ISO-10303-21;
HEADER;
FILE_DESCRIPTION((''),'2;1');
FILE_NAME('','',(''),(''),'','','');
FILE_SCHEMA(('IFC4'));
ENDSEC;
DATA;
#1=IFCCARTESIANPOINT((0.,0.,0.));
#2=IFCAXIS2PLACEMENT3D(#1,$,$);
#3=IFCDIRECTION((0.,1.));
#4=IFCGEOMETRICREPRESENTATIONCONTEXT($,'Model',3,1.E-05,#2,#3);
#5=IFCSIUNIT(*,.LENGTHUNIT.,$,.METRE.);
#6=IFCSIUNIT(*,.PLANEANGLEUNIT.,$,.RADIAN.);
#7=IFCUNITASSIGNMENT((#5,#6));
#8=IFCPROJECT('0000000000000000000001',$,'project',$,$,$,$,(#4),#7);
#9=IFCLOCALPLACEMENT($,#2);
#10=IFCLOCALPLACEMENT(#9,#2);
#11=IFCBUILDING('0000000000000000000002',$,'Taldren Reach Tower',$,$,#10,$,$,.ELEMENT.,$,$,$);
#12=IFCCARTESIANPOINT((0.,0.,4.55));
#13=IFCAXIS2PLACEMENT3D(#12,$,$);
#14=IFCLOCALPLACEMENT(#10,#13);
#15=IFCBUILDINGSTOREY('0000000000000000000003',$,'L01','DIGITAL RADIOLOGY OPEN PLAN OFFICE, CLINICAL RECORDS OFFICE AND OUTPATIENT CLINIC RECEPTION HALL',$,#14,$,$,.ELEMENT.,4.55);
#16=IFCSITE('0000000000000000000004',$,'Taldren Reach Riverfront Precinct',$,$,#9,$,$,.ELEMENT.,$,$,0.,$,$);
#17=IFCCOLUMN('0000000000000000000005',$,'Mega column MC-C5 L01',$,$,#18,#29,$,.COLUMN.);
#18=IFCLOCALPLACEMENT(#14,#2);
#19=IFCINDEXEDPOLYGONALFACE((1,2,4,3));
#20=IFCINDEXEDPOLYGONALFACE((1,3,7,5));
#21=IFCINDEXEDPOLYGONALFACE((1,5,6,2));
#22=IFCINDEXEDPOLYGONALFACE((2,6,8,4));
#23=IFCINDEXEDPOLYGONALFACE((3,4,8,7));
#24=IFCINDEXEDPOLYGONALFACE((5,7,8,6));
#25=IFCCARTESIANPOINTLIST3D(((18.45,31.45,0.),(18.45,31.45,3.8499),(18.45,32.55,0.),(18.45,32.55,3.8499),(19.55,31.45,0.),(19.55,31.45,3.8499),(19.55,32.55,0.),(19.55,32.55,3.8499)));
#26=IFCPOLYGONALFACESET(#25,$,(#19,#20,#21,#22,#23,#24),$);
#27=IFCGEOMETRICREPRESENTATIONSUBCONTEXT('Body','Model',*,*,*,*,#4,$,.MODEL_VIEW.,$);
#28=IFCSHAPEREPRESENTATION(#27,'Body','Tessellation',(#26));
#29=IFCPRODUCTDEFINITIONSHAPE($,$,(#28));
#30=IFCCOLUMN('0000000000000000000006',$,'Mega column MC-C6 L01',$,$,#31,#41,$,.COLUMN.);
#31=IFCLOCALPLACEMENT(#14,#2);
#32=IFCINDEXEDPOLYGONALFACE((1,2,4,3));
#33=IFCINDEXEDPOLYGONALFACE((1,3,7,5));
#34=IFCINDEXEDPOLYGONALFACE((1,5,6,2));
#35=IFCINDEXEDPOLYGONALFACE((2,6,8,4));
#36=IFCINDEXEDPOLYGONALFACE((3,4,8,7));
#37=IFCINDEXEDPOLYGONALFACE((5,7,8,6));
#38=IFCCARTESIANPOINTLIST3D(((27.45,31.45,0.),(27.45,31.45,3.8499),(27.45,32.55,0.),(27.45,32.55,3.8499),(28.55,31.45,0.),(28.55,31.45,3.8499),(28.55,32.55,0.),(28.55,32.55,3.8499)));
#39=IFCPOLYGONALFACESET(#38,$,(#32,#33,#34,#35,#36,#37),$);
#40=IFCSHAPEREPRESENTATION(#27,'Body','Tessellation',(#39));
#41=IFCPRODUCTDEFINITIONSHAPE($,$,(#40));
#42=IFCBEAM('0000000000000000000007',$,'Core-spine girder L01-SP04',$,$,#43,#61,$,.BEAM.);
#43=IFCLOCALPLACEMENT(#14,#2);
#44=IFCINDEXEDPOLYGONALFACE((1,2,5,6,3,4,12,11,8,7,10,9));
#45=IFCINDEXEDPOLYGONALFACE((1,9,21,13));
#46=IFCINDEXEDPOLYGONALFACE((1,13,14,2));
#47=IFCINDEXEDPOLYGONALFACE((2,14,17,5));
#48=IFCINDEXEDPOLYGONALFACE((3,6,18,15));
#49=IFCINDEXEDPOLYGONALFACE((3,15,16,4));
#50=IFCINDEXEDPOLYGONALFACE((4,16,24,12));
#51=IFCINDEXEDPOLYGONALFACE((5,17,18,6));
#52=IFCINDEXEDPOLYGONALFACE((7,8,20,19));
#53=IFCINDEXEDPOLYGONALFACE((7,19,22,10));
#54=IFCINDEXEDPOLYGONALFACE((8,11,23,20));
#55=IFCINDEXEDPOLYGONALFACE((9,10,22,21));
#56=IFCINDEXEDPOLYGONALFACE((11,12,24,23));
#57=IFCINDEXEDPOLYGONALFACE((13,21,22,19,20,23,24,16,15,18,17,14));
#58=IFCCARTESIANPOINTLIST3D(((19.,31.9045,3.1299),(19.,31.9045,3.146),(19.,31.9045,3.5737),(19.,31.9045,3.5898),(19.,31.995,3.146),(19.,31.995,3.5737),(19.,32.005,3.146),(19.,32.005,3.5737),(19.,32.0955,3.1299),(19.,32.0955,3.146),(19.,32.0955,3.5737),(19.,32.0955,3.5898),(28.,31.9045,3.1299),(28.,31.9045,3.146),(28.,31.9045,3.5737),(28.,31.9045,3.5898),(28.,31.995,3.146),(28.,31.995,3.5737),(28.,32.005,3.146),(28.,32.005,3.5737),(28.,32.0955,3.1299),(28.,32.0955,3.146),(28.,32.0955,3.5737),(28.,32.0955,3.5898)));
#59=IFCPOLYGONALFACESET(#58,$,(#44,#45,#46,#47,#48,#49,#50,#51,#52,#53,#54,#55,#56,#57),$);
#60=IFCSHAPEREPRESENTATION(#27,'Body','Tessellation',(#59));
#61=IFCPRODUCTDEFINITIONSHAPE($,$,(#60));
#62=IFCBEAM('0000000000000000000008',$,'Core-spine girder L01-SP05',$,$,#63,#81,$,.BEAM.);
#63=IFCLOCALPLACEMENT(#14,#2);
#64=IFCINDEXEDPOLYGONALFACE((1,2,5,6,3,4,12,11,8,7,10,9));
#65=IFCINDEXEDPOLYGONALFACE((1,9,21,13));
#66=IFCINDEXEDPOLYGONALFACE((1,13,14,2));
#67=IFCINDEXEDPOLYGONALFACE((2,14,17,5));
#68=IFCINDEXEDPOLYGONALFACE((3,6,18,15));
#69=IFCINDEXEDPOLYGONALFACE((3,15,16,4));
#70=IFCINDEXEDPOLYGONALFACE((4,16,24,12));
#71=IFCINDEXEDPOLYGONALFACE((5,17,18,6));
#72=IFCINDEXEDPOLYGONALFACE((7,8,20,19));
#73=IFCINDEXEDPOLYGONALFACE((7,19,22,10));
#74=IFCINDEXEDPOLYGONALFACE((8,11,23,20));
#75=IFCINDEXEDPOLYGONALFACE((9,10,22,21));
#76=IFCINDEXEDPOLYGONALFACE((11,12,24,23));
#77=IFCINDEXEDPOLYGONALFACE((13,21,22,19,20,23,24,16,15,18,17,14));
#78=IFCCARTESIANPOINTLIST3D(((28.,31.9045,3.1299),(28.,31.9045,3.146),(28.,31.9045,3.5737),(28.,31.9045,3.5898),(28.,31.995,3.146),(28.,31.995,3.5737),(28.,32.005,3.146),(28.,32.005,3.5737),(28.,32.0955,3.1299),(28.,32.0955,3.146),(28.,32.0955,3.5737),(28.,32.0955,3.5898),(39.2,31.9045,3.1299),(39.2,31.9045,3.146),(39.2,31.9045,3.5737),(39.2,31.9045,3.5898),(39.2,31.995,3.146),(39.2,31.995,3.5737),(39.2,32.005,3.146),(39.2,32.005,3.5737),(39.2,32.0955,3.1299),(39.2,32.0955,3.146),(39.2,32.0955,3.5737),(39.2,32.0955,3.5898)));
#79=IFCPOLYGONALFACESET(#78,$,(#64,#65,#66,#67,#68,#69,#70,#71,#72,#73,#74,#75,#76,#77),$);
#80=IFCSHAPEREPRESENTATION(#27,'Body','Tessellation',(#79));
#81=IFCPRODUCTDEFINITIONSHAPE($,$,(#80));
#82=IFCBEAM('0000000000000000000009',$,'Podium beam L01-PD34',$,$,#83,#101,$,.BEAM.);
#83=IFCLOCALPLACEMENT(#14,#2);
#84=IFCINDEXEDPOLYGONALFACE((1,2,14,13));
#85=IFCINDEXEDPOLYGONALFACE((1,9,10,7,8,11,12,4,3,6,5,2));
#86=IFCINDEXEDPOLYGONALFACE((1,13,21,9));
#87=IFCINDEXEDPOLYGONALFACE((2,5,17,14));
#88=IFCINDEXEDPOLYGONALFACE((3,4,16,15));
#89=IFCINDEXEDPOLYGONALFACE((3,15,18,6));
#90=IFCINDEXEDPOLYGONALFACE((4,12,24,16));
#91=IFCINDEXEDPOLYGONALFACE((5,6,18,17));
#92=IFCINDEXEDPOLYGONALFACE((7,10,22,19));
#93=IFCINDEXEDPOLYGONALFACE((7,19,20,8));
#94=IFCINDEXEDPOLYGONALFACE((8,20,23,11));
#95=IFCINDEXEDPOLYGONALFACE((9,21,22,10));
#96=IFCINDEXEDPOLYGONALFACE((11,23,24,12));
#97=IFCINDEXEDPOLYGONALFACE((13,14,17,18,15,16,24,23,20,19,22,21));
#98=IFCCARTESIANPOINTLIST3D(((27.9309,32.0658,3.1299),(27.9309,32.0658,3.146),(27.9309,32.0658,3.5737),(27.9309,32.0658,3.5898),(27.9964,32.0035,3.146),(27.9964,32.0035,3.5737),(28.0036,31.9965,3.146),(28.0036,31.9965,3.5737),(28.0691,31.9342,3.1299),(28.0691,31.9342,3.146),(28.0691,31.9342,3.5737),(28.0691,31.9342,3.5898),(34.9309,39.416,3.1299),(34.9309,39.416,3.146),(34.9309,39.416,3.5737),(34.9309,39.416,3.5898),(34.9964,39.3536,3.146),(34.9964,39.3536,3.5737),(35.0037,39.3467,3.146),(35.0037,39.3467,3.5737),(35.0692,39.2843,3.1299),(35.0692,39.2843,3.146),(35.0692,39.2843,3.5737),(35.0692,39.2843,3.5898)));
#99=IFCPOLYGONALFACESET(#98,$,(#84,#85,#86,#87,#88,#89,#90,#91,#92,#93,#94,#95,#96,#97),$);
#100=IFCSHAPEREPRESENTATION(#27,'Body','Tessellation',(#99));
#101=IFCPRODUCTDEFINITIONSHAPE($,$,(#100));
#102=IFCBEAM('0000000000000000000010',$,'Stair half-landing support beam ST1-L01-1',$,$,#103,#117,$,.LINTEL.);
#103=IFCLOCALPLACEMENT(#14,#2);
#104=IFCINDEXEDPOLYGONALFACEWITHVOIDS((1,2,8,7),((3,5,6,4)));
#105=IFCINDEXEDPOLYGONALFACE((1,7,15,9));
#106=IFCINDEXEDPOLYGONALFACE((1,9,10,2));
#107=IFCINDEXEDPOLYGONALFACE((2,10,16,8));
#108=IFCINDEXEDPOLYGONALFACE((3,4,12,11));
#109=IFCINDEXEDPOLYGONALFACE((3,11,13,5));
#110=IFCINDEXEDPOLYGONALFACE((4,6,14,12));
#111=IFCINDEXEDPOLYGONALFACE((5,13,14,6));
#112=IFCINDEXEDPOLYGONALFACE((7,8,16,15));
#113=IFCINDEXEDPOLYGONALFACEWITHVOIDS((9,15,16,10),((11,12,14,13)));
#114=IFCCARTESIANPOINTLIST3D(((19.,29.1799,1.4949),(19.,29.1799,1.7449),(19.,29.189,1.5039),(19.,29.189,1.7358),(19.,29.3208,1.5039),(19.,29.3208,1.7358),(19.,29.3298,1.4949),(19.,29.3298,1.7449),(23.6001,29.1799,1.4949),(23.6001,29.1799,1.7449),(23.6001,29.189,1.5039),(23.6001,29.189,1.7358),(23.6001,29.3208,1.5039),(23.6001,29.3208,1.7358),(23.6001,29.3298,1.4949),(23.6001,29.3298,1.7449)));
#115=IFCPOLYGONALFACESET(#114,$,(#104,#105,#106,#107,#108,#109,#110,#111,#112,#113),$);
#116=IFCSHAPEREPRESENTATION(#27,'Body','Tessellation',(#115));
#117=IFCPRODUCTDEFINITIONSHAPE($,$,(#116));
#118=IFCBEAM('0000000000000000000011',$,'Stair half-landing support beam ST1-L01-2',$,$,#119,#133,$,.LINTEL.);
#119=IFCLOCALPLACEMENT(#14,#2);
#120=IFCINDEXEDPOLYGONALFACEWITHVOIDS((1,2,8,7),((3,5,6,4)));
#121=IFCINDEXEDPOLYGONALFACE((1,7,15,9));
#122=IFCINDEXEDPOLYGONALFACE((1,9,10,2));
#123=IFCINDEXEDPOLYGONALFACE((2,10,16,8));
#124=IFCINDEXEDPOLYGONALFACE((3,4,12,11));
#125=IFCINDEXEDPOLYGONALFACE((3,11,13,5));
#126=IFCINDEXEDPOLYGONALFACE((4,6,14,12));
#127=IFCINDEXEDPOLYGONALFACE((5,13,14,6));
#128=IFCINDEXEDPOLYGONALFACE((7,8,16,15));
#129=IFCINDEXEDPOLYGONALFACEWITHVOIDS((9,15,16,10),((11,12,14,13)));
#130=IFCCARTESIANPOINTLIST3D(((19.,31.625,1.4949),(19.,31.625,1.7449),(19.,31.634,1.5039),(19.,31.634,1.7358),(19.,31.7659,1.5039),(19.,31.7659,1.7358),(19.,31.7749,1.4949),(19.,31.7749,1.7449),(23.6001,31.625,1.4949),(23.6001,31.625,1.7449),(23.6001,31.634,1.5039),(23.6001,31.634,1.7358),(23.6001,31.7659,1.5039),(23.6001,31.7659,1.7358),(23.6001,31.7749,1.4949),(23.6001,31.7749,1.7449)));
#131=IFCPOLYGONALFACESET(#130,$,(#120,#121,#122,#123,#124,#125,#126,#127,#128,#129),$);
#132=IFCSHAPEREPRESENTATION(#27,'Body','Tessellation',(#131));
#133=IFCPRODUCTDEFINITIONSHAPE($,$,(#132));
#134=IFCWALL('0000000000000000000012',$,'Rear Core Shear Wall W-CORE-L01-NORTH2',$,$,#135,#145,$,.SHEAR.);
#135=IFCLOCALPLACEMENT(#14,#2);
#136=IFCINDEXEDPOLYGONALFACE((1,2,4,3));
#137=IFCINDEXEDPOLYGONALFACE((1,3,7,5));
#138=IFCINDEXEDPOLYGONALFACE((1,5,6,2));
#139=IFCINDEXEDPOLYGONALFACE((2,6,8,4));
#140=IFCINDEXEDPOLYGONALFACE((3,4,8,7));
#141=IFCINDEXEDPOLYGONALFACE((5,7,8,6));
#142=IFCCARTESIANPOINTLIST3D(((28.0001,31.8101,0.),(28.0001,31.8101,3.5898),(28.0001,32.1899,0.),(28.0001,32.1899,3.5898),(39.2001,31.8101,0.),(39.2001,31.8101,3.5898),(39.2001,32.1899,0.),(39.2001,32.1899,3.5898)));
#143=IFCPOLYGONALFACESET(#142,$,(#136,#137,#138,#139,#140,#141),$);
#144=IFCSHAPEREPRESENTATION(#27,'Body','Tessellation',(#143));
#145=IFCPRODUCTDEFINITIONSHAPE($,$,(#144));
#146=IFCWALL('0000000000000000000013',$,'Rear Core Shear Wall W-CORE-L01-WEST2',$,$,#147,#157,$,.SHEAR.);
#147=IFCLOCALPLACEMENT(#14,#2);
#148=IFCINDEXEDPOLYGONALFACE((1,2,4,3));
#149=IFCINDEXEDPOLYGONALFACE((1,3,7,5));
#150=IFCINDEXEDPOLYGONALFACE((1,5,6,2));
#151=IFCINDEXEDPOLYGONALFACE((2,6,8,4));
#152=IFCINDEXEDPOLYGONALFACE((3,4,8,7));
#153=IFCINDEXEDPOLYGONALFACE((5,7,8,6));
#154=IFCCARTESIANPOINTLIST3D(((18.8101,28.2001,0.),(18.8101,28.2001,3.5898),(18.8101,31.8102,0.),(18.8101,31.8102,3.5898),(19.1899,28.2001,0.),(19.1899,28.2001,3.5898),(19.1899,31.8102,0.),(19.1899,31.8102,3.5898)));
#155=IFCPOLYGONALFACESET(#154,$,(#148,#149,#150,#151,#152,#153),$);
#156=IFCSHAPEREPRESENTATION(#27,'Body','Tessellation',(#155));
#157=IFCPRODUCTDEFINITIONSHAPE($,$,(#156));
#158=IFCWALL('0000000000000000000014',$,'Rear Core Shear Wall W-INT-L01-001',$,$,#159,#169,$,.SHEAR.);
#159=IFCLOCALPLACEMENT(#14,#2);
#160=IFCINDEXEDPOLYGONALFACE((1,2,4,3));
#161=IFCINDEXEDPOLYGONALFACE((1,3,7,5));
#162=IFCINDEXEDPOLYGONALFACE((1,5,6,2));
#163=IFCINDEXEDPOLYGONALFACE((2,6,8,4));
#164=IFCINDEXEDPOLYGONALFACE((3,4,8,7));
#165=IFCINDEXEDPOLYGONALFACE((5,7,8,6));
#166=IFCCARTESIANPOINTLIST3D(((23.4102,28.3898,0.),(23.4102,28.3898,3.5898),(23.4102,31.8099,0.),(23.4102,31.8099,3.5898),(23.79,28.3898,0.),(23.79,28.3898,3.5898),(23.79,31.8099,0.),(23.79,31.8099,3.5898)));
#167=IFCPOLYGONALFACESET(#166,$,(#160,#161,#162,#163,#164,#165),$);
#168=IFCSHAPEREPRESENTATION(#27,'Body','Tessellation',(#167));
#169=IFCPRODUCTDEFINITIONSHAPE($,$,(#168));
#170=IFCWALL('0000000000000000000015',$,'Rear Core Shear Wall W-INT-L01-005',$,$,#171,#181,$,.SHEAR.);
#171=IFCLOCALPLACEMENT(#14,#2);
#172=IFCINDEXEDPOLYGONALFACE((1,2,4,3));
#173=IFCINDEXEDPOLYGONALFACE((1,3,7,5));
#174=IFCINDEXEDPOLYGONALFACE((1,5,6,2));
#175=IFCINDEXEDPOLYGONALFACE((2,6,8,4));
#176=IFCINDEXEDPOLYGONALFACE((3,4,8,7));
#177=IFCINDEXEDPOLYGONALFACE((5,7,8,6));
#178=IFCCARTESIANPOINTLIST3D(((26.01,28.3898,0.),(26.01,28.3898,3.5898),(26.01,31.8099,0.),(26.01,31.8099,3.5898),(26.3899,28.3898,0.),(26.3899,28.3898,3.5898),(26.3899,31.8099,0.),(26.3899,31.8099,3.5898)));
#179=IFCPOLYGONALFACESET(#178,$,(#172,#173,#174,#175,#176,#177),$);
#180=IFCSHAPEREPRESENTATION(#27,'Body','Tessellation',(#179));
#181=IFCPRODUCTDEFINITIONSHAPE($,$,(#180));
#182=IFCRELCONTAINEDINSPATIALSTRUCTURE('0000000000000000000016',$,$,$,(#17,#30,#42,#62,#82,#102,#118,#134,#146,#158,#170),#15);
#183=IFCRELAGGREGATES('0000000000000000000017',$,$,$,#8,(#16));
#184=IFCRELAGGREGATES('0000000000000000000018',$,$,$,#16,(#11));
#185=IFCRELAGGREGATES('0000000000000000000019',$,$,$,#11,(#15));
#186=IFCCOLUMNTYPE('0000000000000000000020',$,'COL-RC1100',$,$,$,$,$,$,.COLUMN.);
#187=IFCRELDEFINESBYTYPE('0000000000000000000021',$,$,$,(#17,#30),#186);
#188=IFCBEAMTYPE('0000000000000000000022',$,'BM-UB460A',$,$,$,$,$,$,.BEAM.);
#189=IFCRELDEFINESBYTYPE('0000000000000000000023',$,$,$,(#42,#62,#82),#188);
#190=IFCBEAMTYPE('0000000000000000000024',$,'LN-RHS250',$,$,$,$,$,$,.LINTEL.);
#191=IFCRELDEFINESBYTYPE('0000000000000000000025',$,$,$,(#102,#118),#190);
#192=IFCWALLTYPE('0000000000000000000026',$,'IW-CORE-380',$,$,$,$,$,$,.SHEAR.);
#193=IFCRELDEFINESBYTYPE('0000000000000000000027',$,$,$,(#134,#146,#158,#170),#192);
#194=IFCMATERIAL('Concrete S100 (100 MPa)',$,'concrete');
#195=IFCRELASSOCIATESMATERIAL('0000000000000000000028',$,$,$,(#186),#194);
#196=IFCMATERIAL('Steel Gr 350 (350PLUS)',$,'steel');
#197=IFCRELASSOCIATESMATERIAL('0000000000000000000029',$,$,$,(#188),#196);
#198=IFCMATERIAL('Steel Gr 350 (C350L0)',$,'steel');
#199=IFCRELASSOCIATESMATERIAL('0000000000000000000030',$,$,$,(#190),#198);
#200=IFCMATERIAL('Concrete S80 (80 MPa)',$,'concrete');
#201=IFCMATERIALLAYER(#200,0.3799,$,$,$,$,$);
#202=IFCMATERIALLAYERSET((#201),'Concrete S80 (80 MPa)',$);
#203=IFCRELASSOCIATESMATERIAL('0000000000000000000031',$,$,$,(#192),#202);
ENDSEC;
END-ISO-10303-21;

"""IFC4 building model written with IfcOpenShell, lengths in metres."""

from ifc_helpers import new_model, si_unit, direction, frame, frame_2d, origin, origin_2d, place, context, subcontext, project, spatial, rectangle, hollow_rectangle, i_section, extrude, source, transform, mapped, material, layer, layer_set, material_profile, profile_set, type_object, element, save


model = new_model("IFC4")

# Units and contexts
model_context = context("Model", 3, precision=1e-05, world=origin(), true_north=direction((0.0, 1.0)))
body_context = subcontext(model_context, "Body", "Model", "MODEL_VIEW")
ifc_project = project(units=[si_unit("LENGTHUNIT", "METRE"), si_unit("PLANEANGLEUNIT", "RADIAN")], contexts=[model_context])

# Site, building, storey
site_placement = place(None, origin())
site = spatial("IfcSite", under=ifc_project, at=site_placement, Name="Taldren Reach Riverfront Precinct", CompositionType="ELEMENT", RefElevation=0.0)
building_placement = place(site_placement, origin())
building = spatial("IfcBuilding", under=site, at=building_placement, Name="Taldren Reach Tower", CompositionType="ELEMENT")
storey_placement = place(building_placement, frame((0.0, 0.0, 4.55)))
storey = spatial("IfcBuildingStorey", under=building, at=storey_placement, Name="L01", Description="DIGITAL RADIOLOGY OPEN PLAN OFFICE, CLINICAL RECORDS OFFICE AND OUTPATIENT CLINIC RECEPTION HALL", CompositionType="ELEMENT", Elevation=4.55)

# Columns
ifc_material_1 = material(Name="Concrete S100 (100 MPa)", Category="concrete")
ifc_material_profile_1 = material_profile(ifc_material_1, rectangle(XDim=1.1001, YDim=1.1001, at=origin_2d()), Name="RC-1100x1100")
ifc_profile_set_1 = profile_set([ifc_material_profile_1], Name="Concrete S100 (100 MPa)")
column_type = type_object("IfcColumnType", Name="COL-RC1100", PredefinedType="COLUMN", material=ifc_profile_set_1)
shared_shape_1 = source(origin(), body_context, "Body", "SweptSolid", [
    extrude(rectangle(XDim=1.1001, YDim=1.1001, at=origin_2d()), origin(), (0.0, 0.0, 1.0), 3.8499),
])
for number, where, z_axis, x_axis, name in (
    (1, (19.0, 32.0, 0.0), (0.0, 0.0, 1.0), (1.0, 0.0, 0.0), "Mega column MC-C5 L01"),
    (2, (28.0, 32.0, 0.0), (0.0, 0.0, 1.0), (1.0, 0.0, 0.0), "Mega column MC-C6 L01"),
):
    element("IfcColumn", number, at=place(storey_placement, frame(where, z_axis=z_axis, x_axis=x_axis)), inside=storey, type_object=column_type, Name=name, PredefinedType="COLUMN", context=body_context, shape_type="MappedRepresentation", body=[
        mapped(shared_shape_1, transform((0.0, 0.0, 0.0), scale=1.0)),
    ])

# Beams
ifc_material_2 = material(Name="Steel Gr 350 (350PLUS)", Category="steel")
ifc_material_profile_2 = material_profile(ifc_material_2, i_section(OverallWidth=0.1909, OverallDepth=0.46, WebThickness=0.01, FlangeThickness=0.0161, at=origin_2d()), Name="460UB82.1")
ifc_profile_set_2 = profile_set([ifc_material_profile_2], Name="Steel Gr 350 (350PLUS)")
beam_type_1 = type_object("IfcBeamType", Name="BM-UB460A", PredefinedType="BEAM", material=ifc_profile_set_2)
shared_shape_2 = source(origin(), body_context, "Body", "SweptSolid", [
    extrude(i_section(OverallWidth=0.1909, OverallDepth=0.46, WebThickness=0.01, FlangeThickness=0.0161, at=origin_2d()), origin(), (0.0, 0.0, 1.0), 9.0),
])
beam_1_placement = place(storey_placement, frame((19.0, 32.0, 3.3599), z_axis=(1.0, 0.0, 0.0), x_axis=(0.0, 1.0, 0.0)))
element("IfcBeam", 3, at=beam_1_placement, inside=storey, type_object=beam_type_1, Name="Core-spine girder L01-SP04", PredefinedType="BEAM", context=body_context, shape_type="MappedRepresentation", body=[
    mapped(shared_shape_2, transform((0.0, 0.0, 0.0), scale=1.0)),
])
shared_shape_3 = source(origin(), body_context, "Body", "SweptSolid", [
    extrude(i_section(OverallWidth=0.1909, OverallDepth=0.46, WebThickness=0.01, FlangeThickness=0.0161, at=origin_2d()), origin(), (0.0, 0.0, 1.0), 11.2),
])
beam_2_placement = place(storey_placement, frame((28.0, 32.0, 3.3599), z_axis=(1.0, 0.0, 0.0), x_axis=(0.0, 1.0, 0.0)))
element("IfcBeam", 4, at=beam_2_placement, inside=storey, type_object=beam_type_1, Name="Core-spine girder L01-SP05", PredefinedType="BEAM", context=body_context, shape_type="MappedRepresentation", body=[
    mapped(shared_shape_3, transform((0.0, 0.0, 0.0), scale=1.0)),
])
shared_shape_4 = source(origin(), body_context, "Body", "SweptSolid", [
    extrude(i_section(OverallWidth=0.1909, OverallDepth=0.46, WebThickness=0.01, FlangeThickness=0.0161, at=origin_2d()), origin(), (0.0, 0.0, 1.0), 10.1501),
])
beam_3_placement = place(storey_placement, frame((28.0, 32.0, 3.3599), z_axis=(0.68965, 0.724143, 0.0), x_axis=(-0.724143, 0.68965, 0.0)))
element("IfcBeam", 5, at=beam_3_placement, inside=storey, type_object=beam_type_1, Name="Podium beam L01-PD34", PredefinedType="BEAM", context=body_context, shape_type="MappedRepresentation", body=[
    mapped(shared_shape_4, transform((0.0, 0.0, 0.0), scale=1.0)),
])
ifc_material_3 = material(Name="Steel Gr 350 (C350L0)", Category="steel")
ifc_material_profile_3 = material_profile(ifc_material_3, hollow_rectangle(XDim=0.1499, YDim=0.25, WallThickness=0.009, at=origin_2d()), Name="250x150x9.0RHS")
ifc_profile_set_3 = profile_set([ifc_material_profile_3], Name="Steel Gr 350 (C350L0)")
beam_type_2 = type_object("IfcBeamType", Name="LN-RHS250", PredefinedType="LINTEL", material=ifc_profile_set_3)
shared_shape_5 = source(origin(), body_context, "Body", "SweptSolid", [
    extrude(hollow_rectangle(XDim=0.1499, YDim=0.25, WallThickness=0.009, at=origin_2d()), origin(), (0.0, 0.0, 1.0), 4.6001),
])
for number, where, z_axis, x_axis, name in (
    (6, (19.0, 29.2549, 1.6199), (1.0, 0.0, 0.0), (0.0, 1.0, 0.0), "Stair half-landing support beam ST1-L01-1"),
    (7, (19.0, 31.7, 1.6199), (1.0, 0.0, 0.0), (0.0, 1.0, 0.0), "Stair half-landing support beam ST1-L01-2"),
):
    element("IfcBeam", number, at=place(storey_placement, frame(where, z_axis=z_axis, x_axis=x_axis)), inside=storey, type_object=beam_type_2, Name=name, PredefinedType="LINTEL", context=body_context, shape_type="MappedRepresentation", body=[
        mapped(shared_shape_5, transform((0.0, 0.0, 0.0), scale=1.0)),
    ])

# Walls
ifc_material_4 = material(Name="Concrete S80 (80 MPa)", Category="concrete")
ifc_layer_1 = layer(ifc_material_4, 0.3799)
ifc_layer_set_1 = layer_set([ifc_layer_1], Name="Concrete S80 (80 MPa)")
wall_type_1 = type_object("IfcWallType", Name="IW-CORE-380", PredefinedType="SHEAR", material=ifc_layer_set_1)
shared_shape_6 = source(origin(), body_context, "Body", "SweptSolid", [
    extrude(rectangle(XDim=11.2, YDim=0.3799, at=frame_2d((5.6001, 0.0))), origin(), (0.0, 0.0, 1.0), 3.5898),
])
wall_1_placement = place(storey_placement, frame((28.0, 32.0, 0.0), z_axis=(0.0, 0.0, 1.0), x_axis=(1.0, 0.0, 0.0)))
element("IfcWall", 8, at=wall_1_placement, inside=storey, type_object=wall_type_1, Name="Rear Core Shear Wall W-CORE-L01-NORTH2", PredefinedType="SHEAR", context=body_context, shape_type="MappedRepresentation", body=[
    mapped(shared_shape_6, transform((0.0, 0.0, 0.0), scale=1.0)),
])
shared_shape_7 = source(origin(), body_context, "Body", "SweptSolid", [
    extrude(rectangle(XDim=3.6101, YDim=0.3799, at=frame_2d((1.8052, 0.0))), origin(), (0.0, 0.0, 1.0), 3.5898),
])
wall_2_placement = place(storey_placement, frame((19.0, 28.2, 0.0), z_axis=(0.0, 0.0, 1.0), x_axis=(0.0, 1.0, 0.0)))
element("IfcWall", 9, at=wall_2_placement, inside=storey, type_object=wall_type_1, Name="Rear Core Shear Wall W-CORE-L01-WEST2", PredefinedType="SHEAR", context=body_context, shape_type="MappedRepresentation", body=[
    mapped(shared_shape_7, transform((0.0, 0.0, 0.0), scale=1.0)),
])
shared_shape_8 = source(origin(), body_context, "Body", "SweptSolid", [
    extrude(rectangle(XDim=3.4202, YDim=0.3799, at=frame_2d((1.71, 0.0))), origin(), (0.0, 0.0, 1.0), 3.5898),
])
for number, where, z_axis, x_axis, name in (
    (10, (23.6001, 28.3899, 0.0), (0.0, 0.0, 1.0), (0.0, 1.0, 0.0), "Rear Core Shear Wall W-INT-L01-001"),
    (11, (26.2, 28.3899, 0.0), (0.0, 0.0, 1.0), (0.0, 1.0, 0.0), "Rear Core Shear Wall W-INT-L01-005"),
):
    element("IfcWall", number, at=place(storey_placement, frame(where, z_axis=z_axis, x_axis=x_axis)), inside=storey, type_object=wall_type_1, Name=name, PredefinedType="SHEAR", context=body_context, shape_type="MappedRepresentation", body=[
        mapped(shared_shape_8, transform((0.0, 0.0, 0.0), scale=1.0)),
    ])

save(model, "model.ifc")
